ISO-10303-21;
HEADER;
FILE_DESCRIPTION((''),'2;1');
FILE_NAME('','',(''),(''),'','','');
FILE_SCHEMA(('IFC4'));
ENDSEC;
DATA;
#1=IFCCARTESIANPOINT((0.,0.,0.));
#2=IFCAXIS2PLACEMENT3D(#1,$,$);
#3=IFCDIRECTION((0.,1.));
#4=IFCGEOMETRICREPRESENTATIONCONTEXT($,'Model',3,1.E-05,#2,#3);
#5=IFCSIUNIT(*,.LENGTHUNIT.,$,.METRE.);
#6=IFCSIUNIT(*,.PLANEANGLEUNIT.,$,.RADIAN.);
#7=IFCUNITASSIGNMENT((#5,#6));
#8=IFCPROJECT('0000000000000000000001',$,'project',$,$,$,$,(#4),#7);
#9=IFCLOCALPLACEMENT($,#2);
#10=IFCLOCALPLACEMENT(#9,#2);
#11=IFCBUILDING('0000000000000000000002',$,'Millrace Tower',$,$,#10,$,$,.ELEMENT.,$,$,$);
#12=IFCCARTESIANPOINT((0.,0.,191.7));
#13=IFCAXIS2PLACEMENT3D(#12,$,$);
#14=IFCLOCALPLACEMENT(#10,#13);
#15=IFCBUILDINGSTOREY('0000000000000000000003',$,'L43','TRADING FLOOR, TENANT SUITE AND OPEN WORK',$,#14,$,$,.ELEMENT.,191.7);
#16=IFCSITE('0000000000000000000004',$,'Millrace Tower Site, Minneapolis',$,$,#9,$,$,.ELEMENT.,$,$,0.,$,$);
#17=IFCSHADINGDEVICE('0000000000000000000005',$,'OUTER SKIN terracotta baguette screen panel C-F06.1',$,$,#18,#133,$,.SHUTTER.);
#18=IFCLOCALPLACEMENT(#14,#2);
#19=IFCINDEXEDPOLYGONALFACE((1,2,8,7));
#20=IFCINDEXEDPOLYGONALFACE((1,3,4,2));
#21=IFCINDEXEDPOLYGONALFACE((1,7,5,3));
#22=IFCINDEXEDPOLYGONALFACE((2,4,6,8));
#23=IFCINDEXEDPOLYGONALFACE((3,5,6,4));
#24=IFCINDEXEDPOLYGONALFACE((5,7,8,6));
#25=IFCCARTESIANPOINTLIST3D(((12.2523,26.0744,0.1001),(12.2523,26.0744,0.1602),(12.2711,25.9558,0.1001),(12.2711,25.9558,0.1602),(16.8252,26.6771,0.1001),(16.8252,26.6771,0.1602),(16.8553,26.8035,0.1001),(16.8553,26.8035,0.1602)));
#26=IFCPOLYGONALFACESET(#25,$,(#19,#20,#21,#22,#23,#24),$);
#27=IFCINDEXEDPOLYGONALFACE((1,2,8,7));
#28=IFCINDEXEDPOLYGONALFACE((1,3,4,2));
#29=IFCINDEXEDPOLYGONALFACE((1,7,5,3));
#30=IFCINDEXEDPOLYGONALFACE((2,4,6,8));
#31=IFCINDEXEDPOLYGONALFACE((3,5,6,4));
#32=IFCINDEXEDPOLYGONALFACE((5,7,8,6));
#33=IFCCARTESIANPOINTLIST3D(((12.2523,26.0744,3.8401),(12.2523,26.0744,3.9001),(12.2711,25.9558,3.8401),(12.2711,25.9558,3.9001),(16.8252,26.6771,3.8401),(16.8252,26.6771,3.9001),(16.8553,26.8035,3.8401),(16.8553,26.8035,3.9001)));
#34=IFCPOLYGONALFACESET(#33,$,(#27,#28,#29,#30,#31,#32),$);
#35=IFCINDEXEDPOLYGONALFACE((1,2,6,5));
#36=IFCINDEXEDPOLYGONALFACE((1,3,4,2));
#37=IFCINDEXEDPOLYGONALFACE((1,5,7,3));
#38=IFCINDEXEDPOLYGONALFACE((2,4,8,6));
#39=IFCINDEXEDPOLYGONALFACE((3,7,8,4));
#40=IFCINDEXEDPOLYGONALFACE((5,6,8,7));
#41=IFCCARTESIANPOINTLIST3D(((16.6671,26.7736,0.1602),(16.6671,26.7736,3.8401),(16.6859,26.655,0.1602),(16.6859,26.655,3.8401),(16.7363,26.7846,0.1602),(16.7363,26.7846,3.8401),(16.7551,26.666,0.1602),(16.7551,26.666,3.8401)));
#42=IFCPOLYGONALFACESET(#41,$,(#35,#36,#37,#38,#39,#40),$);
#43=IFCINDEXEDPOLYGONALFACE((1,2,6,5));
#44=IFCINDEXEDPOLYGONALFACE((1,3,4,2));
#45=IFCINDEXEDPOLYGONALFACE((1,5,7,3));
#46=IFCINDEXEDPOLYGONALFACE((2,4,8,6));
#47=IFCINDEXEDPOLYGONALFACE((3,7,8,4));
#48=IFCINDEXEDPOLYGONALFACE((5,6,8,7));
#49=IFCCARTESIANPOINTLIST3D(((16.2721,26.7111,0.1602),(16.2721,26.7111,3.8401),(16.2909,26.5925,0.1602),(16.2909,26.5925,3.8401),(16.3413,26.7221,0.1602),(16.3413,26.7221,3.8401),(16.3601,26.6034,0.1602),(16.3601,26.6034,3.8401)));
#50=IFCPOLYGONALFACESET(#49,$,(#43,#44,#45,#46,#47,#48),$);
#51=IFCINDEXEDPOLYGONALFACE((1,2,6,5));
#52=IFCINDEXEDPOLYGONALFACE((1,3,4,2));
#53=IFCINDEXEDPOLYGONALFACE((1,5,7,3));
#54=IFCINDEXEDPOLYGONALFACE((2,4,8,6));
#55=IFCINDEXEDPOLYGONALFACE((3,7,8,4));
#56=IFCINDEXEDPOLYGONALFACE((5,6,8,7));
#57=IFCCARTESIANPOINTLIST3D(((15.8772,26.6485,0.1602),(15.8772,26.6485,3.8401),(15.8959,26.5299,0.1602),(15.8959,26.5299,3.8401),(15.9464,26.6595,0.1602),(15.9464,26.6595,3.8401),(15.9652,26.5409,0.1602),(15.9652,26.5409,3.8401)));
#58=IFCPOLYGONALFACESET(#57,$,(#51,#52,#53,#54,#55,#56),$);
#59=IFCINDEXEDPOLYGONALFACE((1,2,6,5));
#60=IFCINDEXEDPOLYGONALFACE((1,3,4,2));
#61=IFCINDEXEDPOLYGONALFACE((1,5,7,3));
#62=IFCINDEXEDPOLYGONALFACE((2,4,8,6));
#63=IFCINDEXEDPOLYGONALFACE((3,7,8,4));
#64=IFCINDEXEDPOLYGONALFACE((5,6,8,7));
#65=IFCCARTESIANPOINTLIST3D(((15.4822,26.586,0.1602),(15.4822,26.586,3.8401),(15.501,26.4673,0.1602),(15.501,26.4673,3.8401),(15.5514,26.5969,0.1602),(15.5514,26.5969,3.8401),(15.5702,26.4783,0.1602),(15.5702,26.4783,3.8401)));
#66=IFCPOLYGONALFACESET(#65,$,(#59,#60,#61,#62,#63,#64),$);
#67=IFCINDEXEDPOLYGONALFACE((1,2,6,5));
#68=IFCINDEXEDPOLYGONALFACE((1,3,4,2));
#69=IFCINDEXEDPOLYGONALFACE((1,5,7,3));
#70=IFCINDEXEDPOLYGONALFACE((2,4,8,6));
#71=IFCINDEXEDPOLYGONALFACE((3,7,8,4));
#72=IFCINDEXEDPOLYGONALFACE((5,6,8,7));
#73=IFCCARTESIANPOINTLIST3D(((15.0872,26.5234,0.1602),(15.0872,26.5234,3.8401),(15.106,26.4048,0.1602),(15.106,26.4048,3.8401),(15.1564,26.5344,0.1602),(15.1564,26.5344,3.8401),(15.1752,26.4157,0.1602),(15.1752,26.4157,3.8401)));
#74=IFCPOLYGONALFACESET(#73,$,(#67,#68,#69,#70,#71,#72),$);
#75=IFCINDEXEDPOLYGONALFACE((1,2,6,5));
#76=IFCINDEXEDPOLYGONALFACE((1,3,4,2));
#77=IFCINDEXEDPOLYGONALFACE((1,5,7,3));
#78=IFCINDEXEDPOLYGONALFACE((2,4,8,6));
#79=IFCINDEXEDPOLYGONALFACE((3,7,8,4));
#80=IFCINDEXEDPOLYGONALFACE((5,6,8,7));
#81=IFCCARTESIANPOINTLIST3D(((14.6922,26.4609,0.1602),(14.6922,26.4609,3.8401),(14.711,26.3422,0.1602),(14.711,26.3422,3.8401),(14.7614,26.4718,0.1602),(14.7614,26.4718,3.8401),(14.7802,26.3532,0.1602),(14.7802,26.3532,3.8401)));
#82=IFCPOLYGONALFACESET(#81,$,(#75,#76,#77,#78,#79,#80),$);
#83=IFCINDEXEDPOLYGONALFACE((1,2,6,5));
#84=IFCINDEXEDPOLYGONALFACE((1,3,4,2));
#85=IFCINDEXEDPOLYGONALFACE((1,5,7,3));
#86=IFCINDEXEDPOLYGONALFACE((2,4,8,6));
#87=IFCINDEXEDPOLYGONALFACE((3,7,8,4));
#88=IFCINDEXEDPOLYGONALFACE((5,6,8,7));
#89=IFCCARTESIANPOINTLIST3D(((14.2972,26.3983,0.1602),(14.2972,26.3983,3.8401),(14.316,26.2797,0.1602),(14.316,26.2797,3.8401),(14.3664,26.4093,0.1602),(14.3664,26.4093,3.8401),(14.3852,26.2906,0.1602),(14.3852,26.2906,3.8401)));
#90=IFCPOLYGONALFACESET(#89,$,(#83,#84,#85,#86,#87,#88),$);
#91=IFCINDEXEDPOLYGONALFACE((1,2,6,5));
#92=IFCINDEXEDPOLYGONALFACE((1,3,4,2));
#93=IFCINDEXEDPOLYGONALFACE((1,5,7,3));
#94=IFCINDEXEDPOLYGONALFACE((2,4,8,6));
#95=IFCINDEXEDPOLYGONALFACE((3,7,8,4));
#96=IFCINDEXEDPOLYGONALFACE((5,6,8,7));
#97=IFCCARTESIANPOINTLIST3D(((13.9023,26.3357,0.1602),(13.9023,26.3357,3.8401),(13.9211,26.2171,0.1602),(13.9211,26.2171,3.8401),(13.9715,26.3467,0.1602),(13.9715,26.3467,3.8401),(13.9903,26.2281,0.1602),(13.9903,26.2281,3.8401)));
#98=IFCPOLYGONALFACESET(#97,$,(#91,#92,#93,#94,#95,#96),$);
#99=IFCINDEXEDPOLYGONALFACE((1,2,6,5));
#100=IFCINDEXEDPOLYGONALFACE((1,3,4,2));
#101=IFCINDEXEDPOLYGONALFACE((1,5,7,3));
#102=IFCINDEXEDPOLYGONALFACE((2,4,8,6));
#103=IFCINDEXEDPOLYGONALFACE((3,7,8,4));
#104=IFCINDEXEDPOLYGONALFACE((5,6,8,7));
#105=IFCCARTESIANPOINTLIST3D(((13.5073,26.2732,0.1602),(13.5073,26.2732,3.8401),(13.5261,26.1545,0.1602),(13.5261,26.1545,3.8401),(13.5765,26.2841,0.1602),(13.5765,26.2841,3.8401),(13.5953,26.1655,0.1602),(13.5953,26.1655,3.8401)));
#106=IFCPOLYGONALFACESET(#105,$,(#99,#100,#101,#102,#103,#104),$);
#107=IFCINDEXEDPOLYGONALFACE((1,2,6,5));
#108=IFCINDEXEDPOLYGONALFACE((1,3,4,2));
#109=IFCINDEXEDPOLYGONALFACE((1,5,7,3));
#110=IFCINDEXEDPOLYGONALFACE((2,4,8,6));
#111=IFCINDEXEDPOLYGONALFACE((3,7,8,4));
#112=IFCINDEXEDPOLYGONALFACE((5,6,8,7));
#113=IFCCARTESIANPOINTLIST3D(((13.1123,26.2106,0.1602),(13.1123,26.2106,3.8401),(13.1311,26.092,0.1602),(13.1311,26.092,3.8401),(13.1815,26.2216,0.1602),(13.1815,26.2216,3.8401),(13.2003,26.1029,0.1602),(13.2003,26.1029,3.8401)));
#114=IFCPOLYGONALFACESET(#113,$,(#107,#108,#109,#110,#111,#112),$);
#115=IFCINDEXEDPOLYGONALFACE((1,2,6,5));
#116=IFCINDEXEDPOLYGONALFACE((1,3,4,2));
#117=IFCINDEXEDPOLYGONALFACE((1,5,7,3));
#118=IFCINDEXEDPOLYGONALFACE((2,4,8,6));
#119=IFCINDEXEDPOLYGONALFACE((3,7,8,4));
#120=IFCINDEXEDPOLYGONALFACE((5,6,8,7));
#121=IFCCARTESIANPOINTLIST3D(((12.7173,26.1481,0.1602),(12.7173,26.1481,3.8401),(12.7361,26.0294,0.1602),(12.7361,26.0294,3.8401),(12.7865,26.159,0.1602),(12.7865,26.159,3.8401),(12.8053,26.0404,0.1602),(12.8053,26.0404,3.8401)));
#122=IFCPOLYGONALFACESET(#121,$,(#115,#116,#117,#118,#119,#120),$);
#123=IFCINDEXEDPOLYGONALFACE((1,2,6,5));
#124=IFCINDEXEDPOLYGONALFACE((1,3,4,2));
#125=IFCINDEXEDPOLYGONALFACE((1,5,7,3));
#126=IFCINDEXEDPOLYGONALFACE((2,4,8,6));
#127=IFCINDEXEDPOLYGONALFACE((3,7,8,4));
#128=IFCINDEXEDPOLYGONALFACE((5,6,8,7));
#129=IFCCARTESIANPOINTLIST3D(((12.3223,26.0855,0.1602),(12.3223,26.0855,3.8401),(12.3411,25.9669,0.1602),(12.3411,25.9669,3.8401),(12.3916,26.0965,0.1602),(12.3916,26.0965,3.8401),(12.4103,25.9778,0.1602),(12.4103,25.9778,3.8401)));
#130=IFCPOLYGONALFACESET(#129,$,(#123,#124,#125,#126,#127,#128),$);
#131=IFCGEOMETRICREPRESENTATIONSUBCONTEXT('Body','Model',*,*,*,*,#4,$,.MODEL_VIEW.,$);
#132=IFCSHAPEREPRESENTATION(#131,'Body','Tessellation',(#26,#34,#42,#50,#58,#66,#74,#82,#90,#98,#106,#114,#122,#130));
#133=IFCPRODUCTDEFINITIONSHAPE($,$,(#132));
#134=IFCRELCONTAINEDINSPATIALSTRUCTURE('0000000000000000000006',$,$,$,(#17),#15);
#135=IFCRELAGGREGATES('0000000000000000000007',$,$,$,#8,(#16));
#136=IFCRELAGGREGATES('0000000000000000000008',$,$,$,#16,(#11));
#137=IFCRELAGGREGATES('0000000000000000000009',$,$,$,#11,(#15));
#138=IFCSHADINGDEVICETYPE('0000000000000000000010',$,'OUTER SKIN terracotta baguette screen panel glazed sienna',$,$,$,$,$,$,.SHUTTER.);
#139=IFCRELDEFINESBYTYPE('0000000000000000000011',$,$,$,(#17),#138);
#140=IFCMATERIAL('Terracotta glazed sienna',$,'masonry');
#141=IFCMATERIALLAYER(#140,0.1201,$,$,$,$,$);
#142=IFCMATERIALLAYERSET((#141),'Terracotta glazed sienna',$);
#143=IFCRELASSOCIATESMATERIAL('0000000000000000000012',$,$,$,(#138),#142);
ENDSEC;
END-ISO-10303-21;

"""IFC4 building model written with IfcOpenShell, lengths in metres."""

from ifc_helpers import new_model, entity, si_unit, direction, frame, frame_2d, origin, place, context, subcontext, project, spatial, rectangle, extrude, source, transform, mapped, material, layer, layer_set, type_object, element, save


model = new_model("IFC4")

# Units and contexts
model_context = context("Model", 3, precision=1e-05, world=origin(), true_north=direction((0.0, 1.0)))
body_context = subcontext(model_context, "Body", "Model", "MODEL_VIEW")
ifc_project = project(units=[si_unit("LENGTHUNIT", "METRE"), si_unit("PLANEANGLEUNIT", "RADIAN")], contexts=[model_context])

# Site, building, storey
site_placement = place(None, origin())
site = spatial("IfcSite", under=ifc_project, at=site_placement, Name="Millrace Tower Site, Minneapolis", CompositionType="ELEMENT", RefElevation=0.0)
building_placement = place(site_placement, origin())
building = spatial("IfcBuilding", under=site, at=building_placement, Name="Millrace Tower", CompositionType="ELEMENT")
storey_placement = place(building_placement, frame((0.0, 0.0, 191.7)))
storey = spatial("IfcBuildingStorey", under=building, at=storey_placement, Name="L43", Description="TRADING FLOOR, TENANT SUITE AND OPEN WORK", CompositionType="ELEMENT", Elevation=191.7)

# Shading device
ifc_material_1 = material(Name="Terracotta glazed sienna", Category="masonry")
ifc_layer_1 = layer(ifc_material_1, 0.1201)
ifc_layer_set_1 = layer_set([ifc_layer_1], Name="Terracotta glazed sienna")
shading_device_type = type_object("IfcShadingDeviceType", Name="OUTER SKIN terracotta baguette screen panel glazed sienna", PredefinedType="SHUTTER", material=ifc_layer_set_1)
cartesian_point_1 = entity("IfcCartesianPoint", [-2.293, 0.0601])
shared_polyline_1 = entity("IfcPolyline", [cartesian_point_1, entity("IfcCartesianPoint", [2.3179, 0.0601]), entity("IfcCartesianPoint", [2.3179, -0.0601]), entity("IfcCartesianPoint", [-2.3425, -0.0601]), cartesian_point_1])
shared_shape_1 = source(origin(), body_context, "Body", "SweptSolid", [
    entity("IfcExtrudedAreaSolid", entity("IfcArbitraryClosedProfileDef", "AREA", None, shared_polyline_1), entity("IfcAxis2Placement3D", entity("IfcCartesianPoint", [0.0, 0.0, 0.0])), entity("IfcDirection", [0.0, 0.0, 1.0]), 0.0601),
    entity("IfcExtrudedAreaSolid", entity("IfcArbitraryClosedProfileDef", "AREA", None, shared_polyline_1), entity("IfcAxis2Placement3D", entity("IfcCartesianPoint", [0.0, 0.0, 3.74])), entity("IfcDirection", [0.0, 0.0, 1.0]), 0.0601),
    extrude(rectangle(XDim=0.0701, YDim=0.1201, at=frame_2d((-2.187, 0.0))), frame((0.0, 0.0, 0.0601)), (0.0, 0.0, 1.0), 3.6799),
    extrude(rectangle(XDim=0.0701, YDim=0.1201, at=frame_2d((-1.7871, 0.0))), frame((0.0, 0.0, 0.0601)), (0.0, 0.0, 1.0), 3.6799),
    extrude(rectangle(XDim=0.0701, YDim=0.1201, at=frame_2d((-1.3872, 0.0))), frame((0.0, 0.0, 0.0601)), (0.0, 0.0, 1.0), 3.6799),
    extrude(rectangle(XDim=0.0701, YDim=0.1201, at=frame_2d((-0.9873, 0.0))), frame((0.0, 0.0, 0.0601)), (0.0, 0.0, 1.0), 3.6799),
    extrude(rectangle(XDim=0.0701, YDim=0.1201, at=frame_2d((-0.5874, 0.0))), frame((0.0, 0.0, 0.0601)), (0.0, 0.0, 1.0), 3.6799),
    extrude(rectangle(XDim=0.0701, YDim=0.1201, at=frame_2d((-0.1875, 0.0))), frame((0.0, 0.0, 0.0601)), (0.0, 0.0, 1.0), 3.6799),
    extrude(rectangle(XDim=0.0701, YDim=0.1201, at=frame_2d((0.2124, 0.0))), frame((0.0, 0.0, 0.0601)), (0.0, 0.0, 1.0), 3.6799),
    extrude(rectangle(XDim=0.0701, YDim=0.1201, at=frame_2d((0.6123, 0.0))), frame((0.0, 0.0, 0.0601)), (0.0, 0.0, 1.0), 3.6799),
    extrude(rectangle(XDim=0.0701, YDim=0.1201, at=frame_2d((1.0122, 0.0))), frame((0.0, 0.0, 0.0601)), (0.0, 0.0, 1.0), 3.6799),
    extrude(rectangle(XDim=0.0701, YDim=0.1201, at=frame_2d((1.4121, 0.0))), frame((0.0, 0.0, 0.0601)), (0.0, 0.0, 1.0), 3.6799),
    extrude(rectangle(XDim=0.0701, YDim=0.1201, at=frame_2d((1.812, 0.0))), frame((0.0, 0.0, 0.0601)), (0.0, 0.0, 1.0), 3.6799),
    extrude(rectangle(XDim=0.0701, YDim=0.1201, at=frame_2d((2.2119, 0.0))), frame((0.0, 0.0, 0.0601)), (0.0, 0.0, 1.0), 3.6799),
])
shading_device_placement = place(storey_placement, frame((14.551, 26.3777, 0.1001), z_axis=(0.0, 0.0, 1.0), x_axis=(-0.987688, -0.156434, 0.0)))
element("IfcShadingDevice", 1, at=shading_device_placement, inside=storey, type_object=shading_device_type, Name="OUTER SKIN terracotta baguette screen panel C-F06.1", PredefinedType="SHUTTER", context=body_context, shape_type="MappedRepresentation", body=[
    mapped(shared_shape_1, transform((0.0, 0.0, 0.0), scale=1.0)),
])

save(model, "model.ifc")
